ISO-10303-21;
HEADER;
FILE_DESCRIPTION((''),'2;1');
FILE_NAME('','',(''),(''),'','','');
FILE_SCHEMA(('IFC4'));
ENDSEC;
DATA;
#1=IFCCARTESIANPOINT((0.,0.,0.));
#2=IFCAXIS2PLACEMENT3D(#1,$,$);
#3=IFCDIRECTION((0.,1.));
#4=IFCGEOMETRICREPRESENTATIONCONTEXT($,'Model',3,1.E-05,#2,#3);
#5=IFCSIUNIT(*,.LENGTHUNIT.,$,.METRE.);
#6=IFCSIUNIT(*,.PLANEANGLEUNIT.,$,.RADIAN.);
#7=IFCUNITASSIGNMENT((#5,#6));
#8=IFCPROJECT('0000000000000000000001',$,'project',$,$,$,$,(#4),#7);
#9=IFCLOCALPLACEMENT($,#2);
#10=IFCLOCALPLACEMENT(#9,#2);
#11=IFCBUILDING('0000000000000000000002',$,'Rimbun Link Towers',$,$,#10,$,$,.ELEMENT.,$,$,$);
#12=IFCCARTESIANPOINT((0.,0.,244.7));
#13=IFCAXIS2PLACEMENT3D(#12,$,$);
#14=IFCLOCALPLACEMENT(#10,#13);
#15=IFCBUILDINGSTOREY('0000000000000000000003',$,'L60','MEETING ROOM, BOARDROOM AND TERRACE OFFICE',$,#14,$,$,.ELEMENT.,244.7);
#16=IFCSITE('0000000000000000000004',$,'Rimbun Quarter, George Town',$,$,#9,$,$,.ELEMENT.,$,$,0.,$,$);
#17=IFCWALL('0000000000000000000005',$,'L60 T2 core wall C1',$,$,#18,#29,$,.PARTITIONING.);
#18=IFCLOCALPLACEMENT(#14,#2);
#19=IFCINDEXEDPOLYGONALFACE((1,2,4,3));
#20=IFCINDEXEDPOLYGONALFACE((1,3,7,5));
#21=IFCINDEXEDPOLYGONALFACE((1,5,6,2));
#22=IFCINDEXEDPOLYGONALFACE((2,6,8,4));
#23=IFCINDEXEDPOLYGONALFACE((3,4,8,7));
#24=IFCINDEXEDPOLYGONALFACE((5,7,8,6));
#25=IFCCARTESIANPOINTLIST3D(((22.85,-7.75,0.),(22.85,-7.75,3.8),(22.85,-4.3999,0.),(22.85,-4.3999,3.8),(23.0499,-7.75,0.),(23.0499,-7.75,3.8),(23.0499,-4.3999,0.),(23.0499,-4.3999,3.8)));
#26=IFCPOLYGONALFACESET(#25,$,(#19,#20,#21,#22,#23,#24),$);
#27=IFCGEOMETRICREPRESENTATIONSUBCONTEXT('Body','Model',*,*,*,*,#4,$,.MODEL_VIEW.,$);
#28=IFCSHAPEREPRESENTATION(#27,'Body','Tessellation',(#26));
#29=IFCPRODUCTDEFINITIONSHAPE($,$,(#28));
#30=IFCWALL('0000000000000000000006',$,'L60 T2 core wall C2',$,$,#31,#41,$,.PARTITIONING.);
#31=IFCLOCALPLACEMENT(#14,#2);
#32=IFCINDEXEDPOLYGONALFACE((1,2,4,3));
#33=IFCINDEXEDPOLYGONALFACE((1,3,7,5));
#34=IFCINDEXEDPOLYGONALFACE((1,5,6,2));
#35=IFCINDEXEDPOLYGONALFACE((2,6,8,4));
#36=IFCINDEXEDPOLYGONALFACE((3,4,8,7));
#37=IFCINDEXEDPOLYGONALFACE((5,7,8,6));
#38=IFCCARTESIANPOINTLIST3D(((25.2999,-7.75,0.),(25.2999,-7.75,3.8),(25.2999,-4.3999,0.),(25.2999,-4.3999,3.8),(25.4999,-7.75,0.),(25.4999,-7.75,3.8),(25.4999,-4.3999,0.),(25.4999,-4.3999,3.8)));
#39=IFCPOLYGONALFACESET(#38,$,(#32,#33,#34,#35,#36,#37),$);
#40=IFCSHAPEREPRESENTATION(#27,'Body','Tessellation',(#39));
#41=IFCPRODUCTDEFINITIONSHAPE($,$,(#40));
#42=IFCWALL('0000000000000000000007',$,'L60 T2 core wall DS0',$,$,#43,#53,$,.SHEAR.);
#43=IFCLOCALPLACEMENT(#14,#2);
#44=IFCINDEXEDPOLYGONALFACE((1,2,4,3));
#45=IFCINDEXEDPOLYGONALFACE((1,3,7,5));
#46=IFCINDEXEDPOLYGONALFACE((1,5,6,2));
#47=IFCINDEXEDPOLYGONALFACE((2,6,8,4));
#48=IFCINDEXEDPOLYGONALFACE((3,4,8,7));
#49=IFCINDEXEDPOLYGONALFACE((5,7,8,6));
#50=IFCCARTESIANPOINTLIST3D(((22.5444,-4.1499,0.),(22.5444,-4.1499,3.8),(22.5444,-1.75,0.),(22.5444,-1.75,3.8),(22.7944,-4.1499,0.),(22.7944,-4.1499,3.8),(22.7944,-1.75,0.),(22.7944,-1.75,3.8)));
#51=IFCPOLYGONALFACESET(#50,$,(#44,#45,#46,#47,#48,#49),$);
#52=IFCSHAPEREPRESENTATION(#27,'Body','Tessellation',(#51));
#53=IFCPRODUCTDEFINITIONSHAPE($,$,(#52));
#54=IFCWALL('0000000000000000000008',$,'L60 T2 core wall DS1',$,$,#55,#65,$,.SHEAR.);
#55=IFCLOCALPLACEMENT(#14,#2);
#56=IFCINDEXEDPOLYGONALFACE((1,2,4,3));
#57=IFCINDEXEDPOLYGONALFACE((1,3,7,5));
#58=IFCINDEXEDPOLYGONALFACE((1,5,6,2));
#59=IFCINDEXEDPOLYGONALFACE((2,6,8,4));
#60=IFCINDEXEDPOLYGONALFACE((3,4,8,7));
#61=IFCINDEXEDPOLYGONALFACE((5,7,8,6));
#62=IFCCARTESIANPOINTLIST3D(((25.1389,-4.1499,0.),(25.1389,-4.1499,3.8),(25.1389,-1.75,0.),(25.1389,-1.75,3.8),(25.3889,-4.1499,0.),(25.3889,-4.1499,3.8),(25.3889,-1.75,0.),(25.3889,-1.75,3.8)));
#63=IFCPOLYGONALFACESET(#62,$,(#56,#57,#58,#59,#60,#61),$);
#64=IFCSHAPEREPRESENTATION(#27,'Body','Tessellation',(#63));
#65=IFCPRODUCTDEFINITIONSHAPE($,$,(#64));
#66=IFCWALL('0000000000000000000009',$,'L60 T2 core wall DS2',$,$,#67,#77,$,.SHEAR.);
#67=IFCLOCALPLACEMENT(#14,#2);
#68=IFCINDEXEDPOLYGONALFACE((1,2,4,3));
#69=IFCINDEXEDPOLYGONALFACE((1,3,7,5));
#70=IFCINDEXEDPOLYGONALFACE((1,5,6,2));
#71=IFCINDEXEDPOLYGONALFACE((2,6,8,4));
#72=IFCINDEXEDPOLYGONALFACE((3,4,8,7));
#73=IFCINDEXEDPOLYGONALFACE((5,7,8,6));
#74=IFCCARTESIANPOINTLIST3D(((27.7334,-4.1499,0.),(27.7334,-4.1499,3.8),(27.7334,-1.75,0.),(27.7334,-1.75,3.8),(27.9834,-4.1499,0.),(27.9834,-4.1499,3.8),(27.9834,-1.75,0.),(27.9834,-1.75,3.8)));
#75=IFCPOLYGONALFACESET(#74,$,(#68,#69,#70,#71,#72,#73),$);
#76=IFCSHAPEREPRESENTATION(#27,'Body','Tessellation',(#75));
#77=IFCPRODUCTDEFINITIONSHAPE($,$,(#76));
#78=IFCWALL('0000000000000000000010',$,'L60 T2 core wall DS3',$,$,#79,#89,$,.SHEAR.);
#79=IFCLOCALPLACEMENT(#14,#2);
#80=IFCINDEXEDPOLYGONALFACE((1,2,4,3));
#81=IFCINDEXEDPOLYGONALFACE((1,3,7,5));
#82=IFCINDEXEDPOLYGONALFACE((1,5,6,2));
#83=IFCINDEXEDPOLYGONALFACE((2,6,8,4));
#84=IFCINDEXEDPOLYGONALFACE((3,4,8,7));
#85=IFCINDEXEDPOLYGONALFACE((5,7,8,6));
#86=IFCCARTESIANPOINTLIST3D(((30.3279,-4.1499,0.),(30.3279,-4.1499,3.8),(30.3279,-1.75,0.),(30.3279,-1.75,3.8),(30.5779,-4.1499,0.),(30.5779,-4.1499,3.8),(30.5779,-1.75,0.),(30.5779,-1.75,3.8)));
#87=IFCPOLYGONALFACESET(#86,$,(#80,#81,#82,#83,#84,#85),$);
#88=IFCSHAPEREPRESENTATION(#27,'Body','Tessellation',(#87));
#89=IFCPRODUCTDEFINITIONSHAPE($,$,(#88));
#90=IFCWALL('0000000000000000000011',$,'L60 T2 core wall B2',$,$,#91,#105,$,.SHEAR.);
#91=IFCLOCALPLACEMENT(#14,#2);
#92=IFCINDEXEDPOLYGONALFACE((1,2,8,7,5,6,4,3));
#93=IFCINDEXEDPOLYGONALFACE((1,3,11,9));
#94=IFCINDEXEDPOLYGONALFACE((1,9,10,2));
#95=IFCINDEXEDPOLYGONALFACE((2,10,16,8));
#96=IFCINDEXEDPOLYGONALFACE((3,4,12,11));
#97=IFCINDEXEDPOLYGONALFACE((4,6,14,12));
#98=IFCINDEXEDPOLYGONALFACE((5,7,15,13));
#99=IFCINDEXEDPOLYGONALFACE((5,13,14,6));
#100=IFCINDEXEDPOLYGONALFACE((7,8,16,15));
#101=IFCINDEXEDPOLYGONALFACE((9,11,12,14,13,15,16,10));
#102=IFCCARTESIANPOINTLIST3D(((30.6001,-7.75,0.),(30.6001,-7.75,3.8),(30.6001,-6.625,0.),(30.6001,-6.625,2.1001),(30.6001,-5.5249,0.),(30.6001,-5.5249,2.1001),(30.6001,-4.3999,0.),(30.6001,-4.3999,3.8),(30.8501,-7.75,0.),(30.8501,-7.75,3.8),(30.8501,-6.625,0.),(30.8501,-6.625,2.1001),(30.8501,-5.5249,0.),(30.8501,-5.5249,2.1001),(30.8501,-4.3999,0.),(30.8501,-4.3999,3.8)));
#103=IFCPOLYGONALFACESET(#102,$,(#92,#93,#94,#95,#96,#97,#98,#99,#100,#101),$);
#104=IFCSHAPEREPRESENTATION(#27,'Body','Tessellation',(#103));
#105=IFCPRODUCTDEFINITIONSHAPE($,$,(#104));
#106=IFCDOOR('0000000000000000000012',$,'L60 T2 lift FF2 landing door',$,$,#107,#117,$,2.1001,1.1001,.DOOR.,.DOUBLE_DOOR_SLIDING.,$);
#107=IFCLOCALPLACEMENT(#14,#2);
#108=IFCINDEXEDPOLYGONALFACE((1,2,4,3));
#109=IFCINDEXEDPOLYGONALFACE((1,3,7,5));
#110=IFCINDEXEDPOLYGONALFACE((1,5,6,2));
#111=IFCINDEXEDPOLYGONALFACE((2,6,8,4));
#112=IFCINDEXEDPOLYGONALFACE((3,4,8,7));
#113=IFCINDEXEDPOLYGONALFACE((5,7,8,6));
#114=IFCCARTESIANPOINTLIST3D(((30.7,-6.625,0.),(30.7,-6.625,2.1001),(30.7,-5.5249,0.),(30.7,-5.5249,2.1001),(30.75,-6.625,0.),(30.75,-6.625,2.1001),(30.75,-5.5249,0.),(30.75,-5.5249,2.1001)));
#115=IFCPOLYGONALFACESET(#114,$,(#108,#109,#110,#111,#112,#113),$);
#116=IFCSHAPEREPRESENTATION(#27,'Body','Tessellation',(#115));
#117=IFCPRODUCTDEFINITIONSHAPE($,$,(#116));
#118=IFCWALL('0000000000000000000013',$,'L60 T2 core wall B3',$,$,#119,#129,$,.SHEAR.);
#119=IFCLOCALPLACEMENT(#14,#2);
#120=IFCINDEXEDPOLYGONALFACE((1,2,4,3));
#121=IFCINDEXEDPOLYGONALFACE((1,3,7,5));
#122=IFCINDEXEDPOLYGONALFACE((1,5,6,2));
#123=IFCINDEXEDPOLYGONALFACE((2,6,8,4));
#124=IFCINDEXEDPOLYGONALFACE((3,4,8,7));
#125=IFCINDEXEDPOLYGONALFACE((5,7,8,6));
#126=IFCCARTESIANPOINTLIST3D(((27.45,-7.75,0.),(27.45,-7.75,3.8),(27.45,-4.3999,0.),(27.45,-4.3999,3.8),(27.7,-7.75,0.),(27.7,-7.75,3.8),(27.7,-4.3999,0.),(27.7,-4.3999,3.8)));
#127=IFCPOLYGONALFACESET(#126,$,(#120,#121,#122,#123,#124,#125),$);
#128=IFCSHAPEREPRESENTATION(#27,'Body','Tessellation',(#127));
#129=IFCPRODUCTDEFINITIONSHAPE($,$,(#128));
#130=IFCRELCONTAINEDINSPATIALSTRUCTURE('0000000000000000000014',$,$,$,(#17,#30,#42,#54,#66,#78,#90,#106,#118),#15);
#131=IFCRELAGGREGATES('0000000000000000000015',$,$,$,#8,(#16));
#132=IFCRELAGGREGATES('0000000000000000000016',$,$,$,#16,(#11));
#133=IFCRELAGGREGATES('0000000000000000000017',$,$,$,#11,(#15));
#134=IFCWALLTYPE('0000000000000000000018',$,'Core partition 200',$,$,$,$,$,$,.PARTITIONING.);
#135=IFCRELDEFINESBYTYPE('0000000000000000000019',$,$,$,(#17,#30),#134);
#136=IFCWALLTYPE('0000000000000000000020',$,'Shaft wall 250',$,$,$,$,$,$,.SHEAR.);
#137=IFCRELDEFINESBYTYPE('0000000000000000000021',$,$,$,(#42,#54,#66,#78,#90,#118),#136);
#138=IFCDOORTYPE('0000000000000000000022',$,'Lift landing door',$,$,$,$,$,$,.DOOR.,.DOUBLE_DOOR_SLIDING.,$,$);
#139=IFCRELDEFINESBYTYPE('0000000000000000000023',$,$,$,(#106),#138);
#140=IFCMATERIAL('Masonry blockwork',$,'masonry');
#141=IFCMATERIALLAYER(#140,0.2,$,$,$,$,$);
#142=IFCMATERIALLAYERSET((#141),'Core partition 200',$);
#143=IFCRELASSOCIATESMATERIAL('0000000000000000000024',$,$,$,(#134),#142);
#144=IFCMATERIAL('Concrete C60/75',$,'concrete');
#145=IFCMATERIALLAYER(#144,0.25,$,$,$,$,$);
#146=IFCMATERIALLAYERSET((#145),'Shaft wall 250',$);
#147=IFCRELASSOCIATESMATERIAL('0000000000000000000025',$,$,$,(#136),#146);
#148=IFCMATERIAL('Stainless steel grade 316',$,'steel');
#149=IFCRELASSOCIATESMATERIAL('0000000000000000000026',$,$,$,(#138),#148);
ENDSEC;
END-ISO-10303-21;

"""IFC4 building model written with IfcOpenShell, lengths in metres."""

from ifc_helpers import new_model, si_unit, direction, frame, frame_2d, origin, place, context, subcontext, project, spatial, rectangle, extrude, material, layer, layer_set, type_object, element, fill, save


model = new_model("IFC4")

# Units and contexts
model_context = context("Model", 3, precision=1e-05, world=origin(), true_north=direction((0.0, 1.0)))
body_context = subcontext(model_context, "Body", "Model", "MODEL_VIEW")
ifc_project = project(units=[si_unit("LENGTHUNIT", "METRE"), si_unit("PLANEANGLEUNIT", "RADIAN")], contexts=[model_context])

# Site, building, storey
site_placement = place(None, origin())
site = spatial("IfcSite", under=ifc_project, at=site_placement, Name="Rimbun Quarter, George Town", CompositionType="ELEMENT", RefElevation=0.0)
building_placement = place(site_placement, origin())
building = spatial("IfcBuilding", under=site, at=building_placement, Name="Rimbun Link Towers", CompositionType="ELEMENT")
storey_placement = place(building_placement, frame((0.0, 0.0, 244.7)))
storey = spatial("IfcBuildingStorey", under=building, at=storey_placement, Name="L60", Description="MEETING ROOM, BOARDROOM AND TERRACE OFFICE", CompositionType="ELEMENT", Elevation=244.7)

# Walls
ifc_material_1 = material(Name="Masonry blockwork", Category="masonry")
ifc_layer_1 = layer(ifc_material_1, 0.2)
ifc_layer_set_1 = layer_set([ifc_layer_1], Name="Core partition 200")
wall_type_1 = type_object("IfcWallType", Name="Core partition 200", PredefinedType="PARTITIONING", material=ifc_layer_set_1)
for number, where, z_axis, x_axis, name in (
    (1, (22.95, -4.3999, 0.0), (0.0, 0.0, 1.0), (0.0, -1.0, 0.0), "L60 T2 core wall C1"),
    (2, (25.3999, -4.3999, 0.0), (0.0, 0.0, 1.0), (0.0, -1.0, 0.0), "L60 T2 core wall C2"),
):
    element("IfcWall", number, at=place(storey_placement, frame(where, z_axis=z_axis, x_axis=x_axis)), inside=storey, type_object=wall_type_1, Name=name, PredefinedType="PARTITIONING", context=body_context, shape_type="SweptSolid", body=[
        extrude(rectangle(XDim=3.3501, YDim=0.2, at=frame_2d((1.675, 0.0))), origin(), (0.0, 0.0, 1.0), 3.8),
    ])
ifc_material_2 = material(Name="Concrete C60/75", Category="concrete")
ifc_layer_2 = layer(ifc_material_2, 0.25)
ifc_layer_set_2 = layer_set([ifc_layer_2], Name="Shaft wall 250")
wall_type_2 = type_object("IfcWallType", Name="Shaft wall 250", PredefinedType="SHEAR", material=ifc_layer_set_2)
for number, where, z_axis, x_axis, name in (
    (3, (22.6694, -4.1499, 0.0), (0.0, 0.0, 1.0), (0.0, 1.0, 0.0), "L60 T2 core wall DS0"),
    (4, (25.2639, -4.1499, 0.0), (0.0, 0.0, 1.0), (0.0, 1.0, 0.0), "L60 T2 core wall DS1"),
    (5, (27.8584, -4.1499, 0.0), (0.0, 0.0, 1.0), (0.0, 1.0, 0.0), "L60 T2 core wall DS2"),
    (6, (30.4529, -4.1499, 0.0), (0.0, 0.0, 1.0), (0.0, 1.0, 0.0), "L60 T2 core wall DS3"),
):
    element("IfcWall", number, at=place(storey_placement, frame(where, z_axis=z_axis, x_axis=x_axis)), inside=storey, type_object=wall_type_2, Name=name, PredefinedType="SHEAR", context=body_context, shape_type="SweptSolid", body=[
        extrude(rectangle(XDim=2.3999, YDim=0.25, at=frame_2d((1.2, 0.0))), origin(), (0.0, 0.0, 1.0), 3.8),
    ])

# Wall, opening, door
wall_1_placement = place(storey_placement, frame((30.7251, -4.3999, 0.0), z_axis=(0.0, 0.0, 1.0), x_axis=(0.0, -1.0, 0.0)))
wall_1 = element("IfcWall", 7, at=wall_1_placement, inside=storey, type_object=wall_type_2, Name="L60 T2 core wall B2", PredefinedType="SHEAR", context=body_context, shape_type="SweptSolid", body=[
    extrude(rectangle(XDim=3.3501, YDim=0.25, at=frame_2d((1.675, 0.0))), origin(), (0.0, 0.0, 1.0), 3.8),
])
opening_placement = place(wall_1_placement, frame((1.125, 0.0, 0.0)))
opening = element("IfcOpeningElement", 8, at=opening_placement, cuts=wall_1, PredefinedType="OPENING", context=body_context, shape_type="SweptSolid", body=[
    extrude(rectangle(XDim=1.1001, YDim=2.1001, at=frame_2d((0.55, 1.05))), frame((0.0, 0.135, 0.0), z_axis=(0.0, -1.0, 0.0), x_axis=(1.0, 0.0, 0.0)), (0.0, 0.0, 1.0), 0.27),
])
ifc_material_3 = material(Name="Stainless steel grade 316", Category="steel")
door_type = type_object("IfcDoorType", Name="Lift landing door", OperationType="DOUBLE_DOOR_SLIDING", PredefinedType="DOOR", material=ifc_material_3)
door_placement = place(opening_placement, origin())
door = element("IfcDoor", 9, at=door_placement, inside=storey, type_object=door_type, Name="L60 T2 lift FF2 landing door", OperationType="DOUBLE_DOOR_SLIDING", OverallHeight=2.1001, OverallWidth=1.1001, PredefinedType="DOOR", context=body_context, shape_type="SweptSolid", body=[
    extrude(rectangle(XDim=1.1001, YDim=2.1001, at=frame_2d((0.55, 1.05))), frame((0.0, 0.0249, 0.0), z_axis=(0.0, -1.0, 0.0), x_axis=(1.0, 0.0, 0.0)), (0.0, 0.0, 1.0), 0.05),
])
fill(opening, door)

# Wall
wall_2_placement = place(storey_placement, frame((27.575, -4.3999, 0.0), z_axis=(0.0, 0.0, 1.0), x_axis=(0.0, -1.0, 0.0)))
element("IfcWall", 10, at=wall_2_placement, inside=storey, type_object=wall_type_2, Name="L60 T2 core wall B3", PredefinedType="SHEAR", context=body_context, shape_type="SweptSolid", body=[
    extrude(rectangle(XDim=3.3501, YDim=0.25, at=frame_2d((1.675, 0.0))), origin(), (0.0, 0.0, 1.0), 3.8),
])

save(model, "model.ifc")
